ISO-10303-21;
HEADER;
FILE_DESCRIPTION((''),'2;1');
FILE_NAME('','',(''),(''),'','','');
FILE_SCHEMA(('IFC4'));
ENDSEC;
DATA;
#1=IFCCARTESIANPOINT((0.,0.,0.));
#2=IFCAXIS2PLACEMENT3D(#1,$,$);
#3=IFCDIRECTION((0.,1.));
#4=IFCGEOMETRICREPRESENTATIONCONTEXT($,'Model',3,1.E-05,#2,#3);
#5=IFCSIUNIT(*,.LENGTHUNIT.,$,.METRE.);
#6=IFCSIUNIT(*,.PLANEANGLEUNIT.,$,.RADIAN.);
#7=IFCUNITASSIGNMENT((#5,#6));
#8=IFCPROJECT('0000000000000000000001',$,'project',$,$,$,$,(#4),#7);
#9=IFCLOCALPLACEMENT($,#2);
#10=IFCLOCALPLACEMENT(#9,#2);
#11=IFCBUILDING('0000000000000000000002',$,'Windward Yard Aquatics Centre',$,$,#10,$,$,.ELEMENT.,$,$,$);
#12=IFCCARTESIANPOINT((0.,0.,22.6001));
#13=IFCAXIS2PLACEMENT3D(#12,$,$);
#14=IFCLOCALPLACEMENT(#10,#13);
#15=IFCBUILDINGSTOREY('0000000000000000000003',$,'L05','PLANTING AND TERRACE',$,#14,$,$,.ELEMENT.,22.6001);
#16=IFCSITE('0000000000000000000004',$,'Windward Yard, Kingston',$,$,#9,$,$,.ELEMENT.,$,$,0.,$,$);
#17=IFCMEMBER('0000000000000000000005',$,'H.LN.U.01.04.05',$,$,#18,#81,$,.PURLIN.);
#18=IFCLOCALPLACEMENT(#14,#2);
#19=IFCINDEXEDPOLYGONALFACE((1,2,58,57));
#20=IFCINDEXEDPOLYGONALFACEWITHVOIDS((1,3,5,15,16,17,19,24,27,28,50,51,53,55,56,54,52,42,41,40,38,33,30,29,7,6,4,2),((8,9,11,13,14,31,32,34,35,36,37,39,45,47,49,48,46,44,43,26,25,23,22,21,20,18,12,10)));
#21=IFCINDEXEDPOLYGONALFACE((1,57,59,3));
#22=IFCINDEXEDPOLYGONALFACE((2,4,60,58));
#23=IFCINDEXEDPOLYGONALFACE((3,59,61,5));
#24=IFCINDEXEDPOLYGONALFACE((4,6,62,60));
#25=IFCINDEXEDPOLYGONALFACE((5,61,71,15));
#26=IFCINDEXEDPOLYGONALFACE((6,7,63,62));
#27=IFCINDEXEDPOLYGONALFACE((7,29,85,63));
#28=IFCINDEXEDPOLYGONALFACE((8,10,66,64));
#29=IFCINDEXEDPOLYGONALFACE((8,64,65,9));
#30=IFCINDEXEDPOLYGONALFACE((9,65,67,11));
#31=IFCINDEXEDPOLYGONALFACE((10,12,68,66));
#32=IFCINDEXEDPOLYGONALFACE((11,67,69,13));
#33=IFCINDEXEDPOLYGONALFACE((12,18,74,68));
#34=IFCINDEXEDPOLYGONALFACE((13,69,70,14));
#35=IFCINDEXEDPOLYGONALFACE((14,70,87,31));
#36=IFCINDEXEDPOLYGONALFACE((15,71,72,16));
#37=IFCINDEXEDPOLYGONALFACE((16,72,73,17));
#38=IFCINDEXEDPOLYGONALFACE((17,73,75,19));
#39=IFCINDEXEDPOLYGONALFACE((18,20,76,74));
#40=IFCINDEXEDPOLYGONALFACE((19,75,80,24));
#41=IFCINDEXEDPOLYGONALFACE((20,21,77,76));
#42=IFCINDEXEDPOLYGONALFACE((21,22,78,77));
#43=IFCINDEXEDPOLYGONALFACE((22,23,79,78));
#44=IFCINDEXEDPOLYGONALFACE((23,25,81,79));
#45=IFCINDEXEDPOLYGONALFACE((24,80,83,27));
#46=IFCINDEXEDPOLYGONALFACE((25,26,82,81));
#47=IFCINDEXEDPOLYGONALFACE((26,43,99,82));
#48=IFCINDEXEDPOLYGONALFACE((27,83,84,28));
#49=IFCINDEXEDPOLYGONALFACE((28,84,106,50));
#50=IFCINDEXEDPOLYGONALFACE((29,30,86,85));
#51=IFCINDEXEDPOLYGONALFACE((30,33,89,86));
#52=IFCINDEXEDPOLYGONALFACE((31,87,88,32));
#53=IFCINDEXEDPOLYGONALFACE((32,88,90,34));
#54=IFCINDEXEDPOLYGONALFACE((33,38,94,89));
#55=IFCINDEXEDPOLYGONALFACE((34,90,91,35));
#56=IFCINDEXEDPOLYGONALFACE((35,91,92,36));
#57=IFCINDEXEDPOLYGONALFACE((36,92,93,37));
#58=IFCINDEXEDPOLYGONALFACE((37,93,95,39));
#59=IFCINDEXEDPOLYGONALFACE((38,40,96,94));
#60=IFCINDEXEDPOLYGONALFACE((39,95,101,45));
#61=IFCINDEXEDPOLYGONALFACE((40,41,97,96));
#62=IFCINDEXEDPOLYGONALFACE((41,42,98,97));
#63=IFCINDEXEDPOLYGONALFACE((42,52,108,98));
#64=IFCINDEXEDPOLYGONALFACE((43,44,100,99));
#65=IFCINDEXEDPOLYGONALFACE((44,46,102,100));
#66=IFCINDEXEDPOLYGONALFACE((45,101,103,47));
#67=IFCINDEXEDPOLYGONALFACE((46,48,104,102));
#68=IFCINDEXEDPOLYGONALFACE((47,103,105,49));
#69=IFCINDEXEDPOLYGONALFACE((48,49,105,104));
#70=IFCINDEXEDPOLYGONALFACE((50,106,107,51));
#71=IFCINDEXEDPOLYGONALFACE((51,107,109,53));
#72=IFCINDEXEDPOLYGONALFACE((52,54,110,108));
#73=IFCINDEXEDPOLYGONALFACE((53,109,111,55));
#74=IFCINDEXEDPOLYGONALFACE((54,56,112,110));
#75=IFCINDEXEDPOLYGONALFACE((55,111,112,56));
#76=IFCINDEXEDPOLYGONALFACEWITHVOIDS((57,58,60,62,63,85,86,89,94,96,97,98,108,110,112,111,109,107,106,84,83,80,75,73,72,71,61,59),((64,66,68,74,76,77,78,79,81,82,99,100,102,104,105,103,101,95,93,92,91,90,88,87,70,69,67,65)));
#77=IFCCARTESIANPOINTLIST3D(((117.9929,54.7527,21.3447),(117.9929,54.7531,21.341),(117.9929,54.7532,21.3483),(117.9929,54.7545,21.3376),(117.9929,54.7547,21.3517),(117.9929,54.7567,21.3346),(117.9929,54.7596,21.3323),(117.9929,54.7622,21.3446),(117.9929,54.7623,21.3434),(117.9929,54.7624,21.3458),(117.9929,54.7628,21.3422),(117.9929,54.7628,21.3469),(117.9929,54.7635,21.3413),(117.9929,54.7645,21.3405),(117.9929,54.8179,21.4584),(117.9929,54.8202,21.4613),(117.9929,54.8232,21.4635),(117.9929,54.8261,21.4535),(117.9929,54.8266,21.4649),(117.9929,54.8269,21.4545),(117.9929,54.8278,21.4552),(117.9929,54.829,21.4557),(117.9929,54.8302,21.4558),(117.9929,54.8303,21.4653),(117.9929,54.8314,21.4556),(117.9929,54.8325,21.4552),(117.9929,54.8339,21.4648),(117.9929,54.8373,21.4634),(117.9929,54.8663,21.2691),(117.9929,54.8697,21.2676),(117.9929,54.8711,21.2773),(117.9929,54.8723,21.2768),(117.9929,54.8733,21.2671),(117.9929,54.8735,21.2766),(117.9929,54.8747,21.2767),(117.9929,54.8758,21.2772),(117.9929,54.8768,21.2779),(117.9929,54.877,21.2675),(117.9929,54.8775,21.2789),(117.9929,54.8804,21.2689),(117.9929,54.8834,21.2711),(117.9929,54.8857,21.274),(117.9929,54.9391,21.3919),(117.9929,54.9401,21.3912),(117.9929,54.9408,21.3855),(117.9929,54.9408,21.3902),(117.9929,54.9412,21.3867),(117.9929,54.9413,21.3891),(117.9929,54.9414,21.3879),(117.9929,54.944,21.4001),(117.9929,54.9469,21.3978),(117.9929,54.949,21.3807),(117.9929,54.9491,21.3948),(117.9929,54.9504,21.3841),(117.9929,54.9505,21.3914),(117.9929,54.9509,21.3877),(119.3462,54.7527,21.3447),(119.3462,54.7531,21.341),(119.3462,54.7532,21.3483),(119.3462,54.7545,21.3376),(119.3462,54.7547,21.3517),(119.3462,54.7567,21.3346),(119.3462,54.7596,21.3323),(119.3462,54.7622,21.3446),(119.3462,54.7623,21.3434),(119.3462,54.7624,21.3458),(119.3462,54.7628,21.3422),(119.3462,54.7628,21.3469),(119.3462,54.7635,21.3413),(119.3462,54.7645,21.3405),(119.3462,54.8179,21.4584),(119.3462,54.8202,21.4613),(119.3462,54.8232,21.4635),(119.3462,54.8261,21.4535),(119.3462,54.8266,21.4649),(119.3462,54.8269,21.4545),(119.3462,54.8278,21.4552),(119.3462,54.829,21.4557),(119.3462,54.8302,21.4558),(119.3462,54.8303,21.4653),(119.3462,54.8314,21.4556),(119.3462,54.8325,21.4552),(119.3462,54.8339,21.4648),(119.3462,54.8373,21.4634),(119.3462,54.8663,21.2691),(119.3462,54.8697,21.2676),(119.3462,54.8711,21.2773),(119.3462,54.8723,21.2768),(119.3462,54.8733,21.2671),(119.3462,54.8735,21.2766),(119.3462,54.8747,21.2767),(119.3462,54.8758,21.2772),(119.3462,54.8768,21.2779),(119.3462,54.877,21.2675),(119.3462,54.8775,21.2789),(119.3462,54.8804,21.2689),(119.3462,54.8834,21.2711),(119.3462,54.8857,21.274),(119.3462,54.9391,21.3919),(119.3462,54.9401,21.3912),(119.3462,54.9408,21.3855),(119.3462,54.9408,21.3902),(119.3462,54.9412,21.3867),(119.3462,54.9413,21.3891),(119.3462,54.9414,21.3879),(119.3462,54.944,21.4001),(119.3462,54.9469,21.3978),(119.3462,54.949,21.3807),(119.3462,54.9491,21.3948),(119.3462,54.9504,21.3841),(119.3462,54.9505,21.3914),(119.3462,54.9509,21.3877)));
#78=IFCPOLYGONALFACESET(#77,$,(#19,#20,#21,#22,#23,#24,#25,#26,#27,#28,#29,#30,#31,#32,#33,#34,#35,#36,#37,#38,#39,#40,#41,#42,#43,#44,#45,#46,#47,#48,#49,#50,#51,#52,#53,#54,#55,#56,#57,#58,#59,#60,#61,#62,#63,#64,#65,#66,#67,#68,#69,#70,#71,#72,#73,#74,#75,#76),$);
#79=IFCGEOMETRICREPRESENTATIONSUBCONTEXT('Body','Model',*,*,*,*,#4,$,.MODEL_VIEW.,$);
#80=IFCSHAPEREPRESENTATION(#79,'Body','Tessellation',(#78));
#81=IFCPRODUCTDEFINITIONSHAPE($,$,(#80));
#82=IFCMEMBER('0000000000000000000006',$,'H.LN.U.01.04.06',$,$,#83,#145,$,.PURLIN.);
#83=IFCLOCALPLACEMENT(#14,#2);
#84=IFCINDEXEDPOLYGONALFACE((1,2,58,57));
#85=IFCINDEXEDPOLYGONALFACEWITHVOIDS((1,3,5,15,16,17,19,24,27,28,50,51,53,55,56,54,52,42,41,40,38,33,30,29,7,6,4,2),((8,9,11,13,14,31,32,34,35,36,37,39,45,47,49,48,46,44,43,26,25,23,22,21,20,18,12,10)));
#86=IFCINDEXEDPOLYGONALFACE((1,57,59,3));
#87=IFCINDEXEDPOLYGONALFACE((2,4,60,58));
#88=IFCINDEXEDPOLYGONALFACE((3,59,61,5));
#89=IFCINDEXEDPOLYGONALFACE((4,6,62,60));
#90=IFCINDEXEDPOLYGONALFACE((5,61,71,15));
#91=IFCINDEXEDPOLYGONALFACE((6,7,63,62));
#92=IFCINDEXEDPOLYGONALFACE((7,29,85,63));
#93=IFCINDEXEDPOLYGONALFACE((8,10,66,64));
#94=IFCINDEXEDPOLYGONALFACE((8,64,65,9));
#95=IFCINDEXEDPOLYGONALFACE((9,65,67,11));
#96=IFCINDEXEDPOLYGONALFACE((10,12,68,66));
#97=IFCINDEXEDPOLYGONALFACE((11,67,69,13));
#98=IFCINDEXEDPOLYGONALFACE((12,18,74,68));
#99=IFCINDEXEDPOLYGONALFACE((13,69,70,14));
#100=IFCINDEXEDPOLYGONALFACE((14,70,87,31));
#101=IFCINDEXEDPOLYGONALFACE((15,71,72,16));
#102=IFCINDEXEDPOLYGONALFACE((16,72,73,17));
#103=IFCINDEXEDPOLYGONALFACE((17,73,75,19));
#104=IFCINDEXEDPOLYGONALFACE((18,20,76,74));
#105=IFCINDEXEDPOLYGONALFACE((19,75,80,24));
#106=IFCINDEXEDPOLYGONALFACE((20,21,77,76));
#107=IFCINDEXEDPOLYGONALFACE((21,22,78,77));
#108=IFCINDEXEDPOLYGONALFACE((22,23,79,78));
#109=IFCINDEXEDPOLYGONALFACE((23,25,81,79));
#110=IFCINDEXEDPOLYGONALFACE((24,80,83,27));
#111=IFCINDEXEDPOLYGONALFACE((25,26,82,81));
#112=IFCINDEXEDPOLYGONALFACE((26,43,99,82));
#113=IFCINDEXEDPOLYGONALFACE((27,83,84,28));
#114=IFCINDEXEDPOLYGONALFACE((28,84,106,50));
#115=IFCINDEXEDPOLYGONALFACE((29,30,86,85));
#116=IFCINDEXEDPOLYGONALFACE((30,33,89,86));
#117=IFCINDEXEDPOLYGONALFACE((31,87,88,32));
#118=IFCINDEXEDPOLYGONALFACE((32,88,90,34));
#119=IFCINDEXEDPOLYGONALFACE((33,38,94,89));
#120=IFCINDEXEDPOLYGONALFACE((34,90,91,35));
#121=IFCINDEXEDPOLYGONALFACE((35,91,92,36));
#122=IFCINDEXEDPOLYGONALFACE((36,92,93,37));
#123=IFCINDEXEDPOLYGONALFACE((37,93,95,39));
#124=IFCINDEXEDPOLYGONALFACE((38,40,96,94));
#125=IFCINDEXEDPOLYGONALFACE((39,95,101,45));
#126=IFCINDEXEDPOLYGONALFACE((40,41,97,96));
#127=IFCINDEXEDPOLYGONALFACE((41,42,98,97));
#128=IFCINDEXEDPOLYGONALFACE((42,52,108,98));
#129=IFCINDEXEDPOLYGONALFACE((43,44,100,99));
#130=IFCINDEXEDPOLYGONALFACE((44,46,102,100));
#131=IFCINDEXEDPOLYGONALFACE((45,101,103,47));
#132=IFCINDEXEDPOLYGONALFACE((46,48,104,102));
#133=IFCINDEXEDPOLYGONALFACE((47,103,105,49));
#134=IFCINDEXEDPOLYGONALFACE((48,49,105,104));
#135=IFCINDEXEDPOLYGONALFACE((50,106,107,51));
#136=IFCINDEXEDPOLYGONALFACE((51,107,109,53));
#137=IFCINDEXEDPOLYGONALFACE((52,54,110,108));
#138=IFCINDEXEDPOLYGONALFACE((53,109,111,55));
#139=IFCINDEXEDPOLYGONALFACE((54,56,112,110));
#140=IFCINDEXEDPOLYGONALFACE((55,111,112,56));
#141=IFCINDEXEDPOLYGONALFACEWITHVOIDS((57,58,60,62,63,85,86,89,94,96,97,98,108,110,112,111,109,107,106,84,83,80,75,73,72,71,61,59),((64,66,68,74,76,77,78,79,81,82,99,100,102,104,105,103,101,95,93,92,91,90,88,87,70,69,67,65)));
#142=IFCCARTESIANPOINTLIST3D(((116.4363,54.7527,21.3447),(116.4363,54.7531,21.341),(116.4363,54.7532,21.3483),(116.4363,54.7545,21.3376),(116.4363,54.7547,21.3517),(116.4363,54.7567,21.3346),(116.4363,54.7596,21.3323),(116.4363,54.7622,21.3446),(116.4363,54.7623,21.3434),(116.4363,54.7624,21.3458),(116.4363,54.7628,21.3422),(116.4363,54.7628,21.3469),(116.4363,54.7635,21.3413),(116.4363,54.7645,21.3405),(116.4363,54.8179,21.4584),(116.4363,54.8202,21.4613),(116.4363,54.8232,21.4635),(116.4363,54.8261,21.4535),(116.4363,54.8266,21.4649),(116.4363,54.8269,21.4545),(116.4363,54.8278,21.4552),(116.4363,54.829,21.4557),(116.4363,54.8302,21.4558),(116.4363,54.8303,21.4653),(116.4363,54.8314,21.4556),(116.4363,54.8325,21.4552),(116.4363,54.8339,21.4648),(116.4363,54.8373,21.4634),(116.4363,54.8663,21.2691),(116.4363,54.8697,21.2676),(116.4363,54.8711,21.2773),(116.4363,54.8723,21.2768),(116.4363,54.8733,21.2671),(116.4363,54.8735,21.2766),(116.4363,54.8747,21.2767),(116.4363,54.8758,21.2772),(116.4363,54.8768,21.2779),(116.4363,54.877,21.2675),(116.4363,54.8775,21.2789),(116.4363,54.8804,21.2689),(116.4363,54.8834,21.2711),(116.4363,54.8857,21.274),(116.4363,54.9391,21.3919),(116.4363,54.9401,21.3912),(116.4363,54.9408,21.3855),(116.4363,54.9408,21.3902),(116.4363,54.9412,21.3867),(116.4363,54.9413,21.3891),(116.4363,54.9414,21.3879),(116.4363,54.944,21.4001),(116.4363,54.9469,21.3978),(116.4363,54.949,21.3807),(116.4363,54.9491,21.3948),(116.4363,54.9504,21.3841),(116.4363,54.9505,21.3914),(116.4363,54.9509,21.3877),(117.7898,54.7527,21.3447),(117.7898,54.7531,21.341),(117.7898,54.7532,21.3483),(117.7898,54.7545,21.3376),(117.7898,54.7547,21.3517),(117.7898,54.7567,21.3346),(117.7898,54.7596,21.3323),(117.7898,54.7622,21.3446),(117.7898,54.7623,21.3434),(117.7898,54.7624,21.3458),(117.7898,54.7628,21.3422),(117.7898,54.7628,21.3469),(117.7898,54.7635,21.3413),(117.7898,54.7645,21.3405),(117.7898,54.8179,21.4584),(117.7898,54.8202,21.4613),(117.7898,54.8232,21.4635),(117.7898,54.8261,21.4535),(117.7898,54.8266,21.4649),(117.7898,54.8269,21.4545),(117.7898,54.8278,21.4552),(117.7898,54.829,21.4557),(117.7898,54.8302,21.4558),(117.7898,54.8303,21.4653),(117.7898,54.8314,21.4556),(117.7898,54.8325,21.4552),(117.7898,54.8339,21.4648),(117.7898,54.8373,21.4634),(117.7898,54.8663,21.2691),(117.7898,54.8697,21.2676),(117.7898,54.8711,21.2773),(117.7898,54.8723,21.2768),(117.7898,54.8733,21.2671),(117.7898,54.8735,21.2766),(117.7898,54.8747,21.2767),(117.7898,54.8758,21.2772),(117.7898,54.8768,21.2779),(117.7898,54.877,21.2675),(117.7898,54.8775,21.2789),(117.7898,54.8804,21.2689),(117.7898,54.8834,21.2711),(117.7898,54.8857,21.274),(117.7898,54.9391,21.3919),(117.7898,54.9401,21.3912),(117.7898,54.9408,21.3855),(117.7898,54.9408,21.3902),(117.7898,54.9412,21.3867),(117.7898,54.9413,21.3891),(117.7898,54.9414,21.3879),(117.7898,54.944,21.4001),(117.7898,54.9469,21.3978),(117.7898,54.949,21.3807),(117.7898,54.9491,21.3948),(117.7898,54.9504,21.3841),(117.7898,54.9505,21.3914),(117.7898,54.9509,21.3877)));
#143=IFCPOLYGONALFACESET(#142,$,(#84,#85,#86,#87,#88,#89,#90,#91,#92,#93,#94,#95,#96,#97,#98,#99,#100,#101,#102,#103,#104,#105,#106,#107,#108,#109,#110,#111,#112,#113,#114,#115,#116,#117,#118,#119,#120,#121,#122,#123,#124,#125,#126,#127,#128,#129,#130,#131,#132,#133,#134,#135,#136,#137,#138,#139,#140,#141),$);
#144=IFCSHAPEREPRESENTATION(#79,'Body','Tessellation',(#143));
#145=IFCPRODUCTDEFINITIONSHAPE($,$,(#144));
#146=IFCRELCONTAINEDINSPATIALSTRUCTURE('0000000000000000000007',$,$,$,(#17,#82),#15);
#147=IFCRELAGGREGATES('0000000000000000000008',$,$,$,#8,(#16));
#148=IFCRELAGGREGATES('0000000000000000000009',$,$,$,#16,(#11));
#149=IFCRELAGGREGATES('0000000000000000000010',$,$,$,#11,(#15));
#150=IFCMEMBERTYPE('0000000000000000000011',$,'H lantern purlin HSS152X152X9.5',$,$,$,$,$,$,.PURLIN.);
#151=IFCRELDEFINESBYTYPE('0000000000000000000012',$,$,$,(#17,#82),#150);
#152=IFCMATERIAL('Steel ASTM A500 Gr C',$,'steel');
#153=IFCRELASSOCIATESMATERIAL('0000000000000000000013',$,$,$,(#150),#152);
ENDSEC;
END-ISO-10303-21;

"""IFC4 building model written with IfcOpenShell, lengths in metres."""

from ifc_helpers import new_model, si_unit, direction, frame, origin, origin_2d, place, context, subcontext, project, spatial, hollow_rectangle, extrude, material, material_profile, profile_set, type_object, element, save


model = new_model("IFC4")

# Units and contexts
model_context = context("Model", 3, precision=1e-05, world=origin(), true_north=direction((0.0, 1.0)))
body_context = subcontext(model_context, "Body", "Model", "MODEL_VIEW")
ifc_project = project(units=[si_unit("LENGTHUNIT", "METRE"), si_unit("PLANEANGLEUNIT", "RADIAN")], contexts=[model_context])

# Site, building, storey
site_placement = place(None, origin())
site = spatial("IfcSite", under=ifc_project, at=site_placement, Name="Windward Yard, Kingston", CompositionType="ELEMENT", RefElevation=0.0)
building_placement = place(site_placement, origin())
building = spatial("IfcBuilding", under=site, at=building_placement, Name="Windward Yard Aquatics Centre", CompositionType="ELEMENT")
storey_placement = place(building_placement, frame((0.0, 0.0, 22.6001)))
storey = spatial("IfcBuildingStorey", under=building, at=storey_placement, Name="L05", Description="PLANTING AND TERRACE", CompositionType="ELEMENT", Elevation=22.6001)

# Members
ifc_material_1 = material(Name="Steel ASTM A500 Gr C", Category="steel")
ifc_material_profile = material_profile(ifc_material_1, hollow_rectangle(XDim=0.1523, YDim=0.1523, WallThickness=0.0095, InnerFilletRadius=0.0046, OuterFilletRadius=0.0142, at=origin_2d()), Name="HSS152X152X9.5")
ifc_profile_set = profile_set([ifc_material_profile], Name="Steel ASTM A500 Gr C")
member_type = type_object("IfcMemberType", Name="H lantern purlin HSS152X152X9.5", PredefinedType="PURLIN", material=ifc_profile_set)
member_1_placement = place(storey_placement, frame((119.3462, 54.8518, 21.3662), z_axis=(-1.0, 0.0, 0.0), x_axis=(0.0, -0.51012, -0.860103)))
element("IfcMember", 1, at=member_1_placement, inside=storey, type_object=member_type, Name="H.LN.U.01.04.05", PredefinedType="PURLIN", context=body_context, shape_type="SweptSolid", body=[
    extrude(hollow_rectangle(XDim=0.1523, YDim=0.1523, WallThickness=0.0095, InnerFilletRadius=0.0046, OuterFilletRadius=0.0142, at=origin_2d()), origin(), (0.0, 0.0, 1.0), 1.3533),
])
member_2_placement = place(storey_placement, frame((117.7898, 54.8518, 21.3662), z_axis=(-1.0, 0.0, 0.0), x_axis=(0.0, -0.51012, -0.860103)))
element("IfcMember", 2, at=member_2_placement, inside=storey, type_object=member_type, Name="H.LN.U.01.04.06", PredefinedType="PURLIN", context=body_context, shape_type="SweptSolid", body=[
    extrude(hollow_rectangle(XDim=0.1523, YDim=0.1523, WallThickness=0.0095, InnerFilletRadius=0.0046, OuterFilletRadius=0.0142, at=origin_2d()), origin(), (0.0, 0.0, 1.0), 1.3535),
])

save(model, "model.ifc")
